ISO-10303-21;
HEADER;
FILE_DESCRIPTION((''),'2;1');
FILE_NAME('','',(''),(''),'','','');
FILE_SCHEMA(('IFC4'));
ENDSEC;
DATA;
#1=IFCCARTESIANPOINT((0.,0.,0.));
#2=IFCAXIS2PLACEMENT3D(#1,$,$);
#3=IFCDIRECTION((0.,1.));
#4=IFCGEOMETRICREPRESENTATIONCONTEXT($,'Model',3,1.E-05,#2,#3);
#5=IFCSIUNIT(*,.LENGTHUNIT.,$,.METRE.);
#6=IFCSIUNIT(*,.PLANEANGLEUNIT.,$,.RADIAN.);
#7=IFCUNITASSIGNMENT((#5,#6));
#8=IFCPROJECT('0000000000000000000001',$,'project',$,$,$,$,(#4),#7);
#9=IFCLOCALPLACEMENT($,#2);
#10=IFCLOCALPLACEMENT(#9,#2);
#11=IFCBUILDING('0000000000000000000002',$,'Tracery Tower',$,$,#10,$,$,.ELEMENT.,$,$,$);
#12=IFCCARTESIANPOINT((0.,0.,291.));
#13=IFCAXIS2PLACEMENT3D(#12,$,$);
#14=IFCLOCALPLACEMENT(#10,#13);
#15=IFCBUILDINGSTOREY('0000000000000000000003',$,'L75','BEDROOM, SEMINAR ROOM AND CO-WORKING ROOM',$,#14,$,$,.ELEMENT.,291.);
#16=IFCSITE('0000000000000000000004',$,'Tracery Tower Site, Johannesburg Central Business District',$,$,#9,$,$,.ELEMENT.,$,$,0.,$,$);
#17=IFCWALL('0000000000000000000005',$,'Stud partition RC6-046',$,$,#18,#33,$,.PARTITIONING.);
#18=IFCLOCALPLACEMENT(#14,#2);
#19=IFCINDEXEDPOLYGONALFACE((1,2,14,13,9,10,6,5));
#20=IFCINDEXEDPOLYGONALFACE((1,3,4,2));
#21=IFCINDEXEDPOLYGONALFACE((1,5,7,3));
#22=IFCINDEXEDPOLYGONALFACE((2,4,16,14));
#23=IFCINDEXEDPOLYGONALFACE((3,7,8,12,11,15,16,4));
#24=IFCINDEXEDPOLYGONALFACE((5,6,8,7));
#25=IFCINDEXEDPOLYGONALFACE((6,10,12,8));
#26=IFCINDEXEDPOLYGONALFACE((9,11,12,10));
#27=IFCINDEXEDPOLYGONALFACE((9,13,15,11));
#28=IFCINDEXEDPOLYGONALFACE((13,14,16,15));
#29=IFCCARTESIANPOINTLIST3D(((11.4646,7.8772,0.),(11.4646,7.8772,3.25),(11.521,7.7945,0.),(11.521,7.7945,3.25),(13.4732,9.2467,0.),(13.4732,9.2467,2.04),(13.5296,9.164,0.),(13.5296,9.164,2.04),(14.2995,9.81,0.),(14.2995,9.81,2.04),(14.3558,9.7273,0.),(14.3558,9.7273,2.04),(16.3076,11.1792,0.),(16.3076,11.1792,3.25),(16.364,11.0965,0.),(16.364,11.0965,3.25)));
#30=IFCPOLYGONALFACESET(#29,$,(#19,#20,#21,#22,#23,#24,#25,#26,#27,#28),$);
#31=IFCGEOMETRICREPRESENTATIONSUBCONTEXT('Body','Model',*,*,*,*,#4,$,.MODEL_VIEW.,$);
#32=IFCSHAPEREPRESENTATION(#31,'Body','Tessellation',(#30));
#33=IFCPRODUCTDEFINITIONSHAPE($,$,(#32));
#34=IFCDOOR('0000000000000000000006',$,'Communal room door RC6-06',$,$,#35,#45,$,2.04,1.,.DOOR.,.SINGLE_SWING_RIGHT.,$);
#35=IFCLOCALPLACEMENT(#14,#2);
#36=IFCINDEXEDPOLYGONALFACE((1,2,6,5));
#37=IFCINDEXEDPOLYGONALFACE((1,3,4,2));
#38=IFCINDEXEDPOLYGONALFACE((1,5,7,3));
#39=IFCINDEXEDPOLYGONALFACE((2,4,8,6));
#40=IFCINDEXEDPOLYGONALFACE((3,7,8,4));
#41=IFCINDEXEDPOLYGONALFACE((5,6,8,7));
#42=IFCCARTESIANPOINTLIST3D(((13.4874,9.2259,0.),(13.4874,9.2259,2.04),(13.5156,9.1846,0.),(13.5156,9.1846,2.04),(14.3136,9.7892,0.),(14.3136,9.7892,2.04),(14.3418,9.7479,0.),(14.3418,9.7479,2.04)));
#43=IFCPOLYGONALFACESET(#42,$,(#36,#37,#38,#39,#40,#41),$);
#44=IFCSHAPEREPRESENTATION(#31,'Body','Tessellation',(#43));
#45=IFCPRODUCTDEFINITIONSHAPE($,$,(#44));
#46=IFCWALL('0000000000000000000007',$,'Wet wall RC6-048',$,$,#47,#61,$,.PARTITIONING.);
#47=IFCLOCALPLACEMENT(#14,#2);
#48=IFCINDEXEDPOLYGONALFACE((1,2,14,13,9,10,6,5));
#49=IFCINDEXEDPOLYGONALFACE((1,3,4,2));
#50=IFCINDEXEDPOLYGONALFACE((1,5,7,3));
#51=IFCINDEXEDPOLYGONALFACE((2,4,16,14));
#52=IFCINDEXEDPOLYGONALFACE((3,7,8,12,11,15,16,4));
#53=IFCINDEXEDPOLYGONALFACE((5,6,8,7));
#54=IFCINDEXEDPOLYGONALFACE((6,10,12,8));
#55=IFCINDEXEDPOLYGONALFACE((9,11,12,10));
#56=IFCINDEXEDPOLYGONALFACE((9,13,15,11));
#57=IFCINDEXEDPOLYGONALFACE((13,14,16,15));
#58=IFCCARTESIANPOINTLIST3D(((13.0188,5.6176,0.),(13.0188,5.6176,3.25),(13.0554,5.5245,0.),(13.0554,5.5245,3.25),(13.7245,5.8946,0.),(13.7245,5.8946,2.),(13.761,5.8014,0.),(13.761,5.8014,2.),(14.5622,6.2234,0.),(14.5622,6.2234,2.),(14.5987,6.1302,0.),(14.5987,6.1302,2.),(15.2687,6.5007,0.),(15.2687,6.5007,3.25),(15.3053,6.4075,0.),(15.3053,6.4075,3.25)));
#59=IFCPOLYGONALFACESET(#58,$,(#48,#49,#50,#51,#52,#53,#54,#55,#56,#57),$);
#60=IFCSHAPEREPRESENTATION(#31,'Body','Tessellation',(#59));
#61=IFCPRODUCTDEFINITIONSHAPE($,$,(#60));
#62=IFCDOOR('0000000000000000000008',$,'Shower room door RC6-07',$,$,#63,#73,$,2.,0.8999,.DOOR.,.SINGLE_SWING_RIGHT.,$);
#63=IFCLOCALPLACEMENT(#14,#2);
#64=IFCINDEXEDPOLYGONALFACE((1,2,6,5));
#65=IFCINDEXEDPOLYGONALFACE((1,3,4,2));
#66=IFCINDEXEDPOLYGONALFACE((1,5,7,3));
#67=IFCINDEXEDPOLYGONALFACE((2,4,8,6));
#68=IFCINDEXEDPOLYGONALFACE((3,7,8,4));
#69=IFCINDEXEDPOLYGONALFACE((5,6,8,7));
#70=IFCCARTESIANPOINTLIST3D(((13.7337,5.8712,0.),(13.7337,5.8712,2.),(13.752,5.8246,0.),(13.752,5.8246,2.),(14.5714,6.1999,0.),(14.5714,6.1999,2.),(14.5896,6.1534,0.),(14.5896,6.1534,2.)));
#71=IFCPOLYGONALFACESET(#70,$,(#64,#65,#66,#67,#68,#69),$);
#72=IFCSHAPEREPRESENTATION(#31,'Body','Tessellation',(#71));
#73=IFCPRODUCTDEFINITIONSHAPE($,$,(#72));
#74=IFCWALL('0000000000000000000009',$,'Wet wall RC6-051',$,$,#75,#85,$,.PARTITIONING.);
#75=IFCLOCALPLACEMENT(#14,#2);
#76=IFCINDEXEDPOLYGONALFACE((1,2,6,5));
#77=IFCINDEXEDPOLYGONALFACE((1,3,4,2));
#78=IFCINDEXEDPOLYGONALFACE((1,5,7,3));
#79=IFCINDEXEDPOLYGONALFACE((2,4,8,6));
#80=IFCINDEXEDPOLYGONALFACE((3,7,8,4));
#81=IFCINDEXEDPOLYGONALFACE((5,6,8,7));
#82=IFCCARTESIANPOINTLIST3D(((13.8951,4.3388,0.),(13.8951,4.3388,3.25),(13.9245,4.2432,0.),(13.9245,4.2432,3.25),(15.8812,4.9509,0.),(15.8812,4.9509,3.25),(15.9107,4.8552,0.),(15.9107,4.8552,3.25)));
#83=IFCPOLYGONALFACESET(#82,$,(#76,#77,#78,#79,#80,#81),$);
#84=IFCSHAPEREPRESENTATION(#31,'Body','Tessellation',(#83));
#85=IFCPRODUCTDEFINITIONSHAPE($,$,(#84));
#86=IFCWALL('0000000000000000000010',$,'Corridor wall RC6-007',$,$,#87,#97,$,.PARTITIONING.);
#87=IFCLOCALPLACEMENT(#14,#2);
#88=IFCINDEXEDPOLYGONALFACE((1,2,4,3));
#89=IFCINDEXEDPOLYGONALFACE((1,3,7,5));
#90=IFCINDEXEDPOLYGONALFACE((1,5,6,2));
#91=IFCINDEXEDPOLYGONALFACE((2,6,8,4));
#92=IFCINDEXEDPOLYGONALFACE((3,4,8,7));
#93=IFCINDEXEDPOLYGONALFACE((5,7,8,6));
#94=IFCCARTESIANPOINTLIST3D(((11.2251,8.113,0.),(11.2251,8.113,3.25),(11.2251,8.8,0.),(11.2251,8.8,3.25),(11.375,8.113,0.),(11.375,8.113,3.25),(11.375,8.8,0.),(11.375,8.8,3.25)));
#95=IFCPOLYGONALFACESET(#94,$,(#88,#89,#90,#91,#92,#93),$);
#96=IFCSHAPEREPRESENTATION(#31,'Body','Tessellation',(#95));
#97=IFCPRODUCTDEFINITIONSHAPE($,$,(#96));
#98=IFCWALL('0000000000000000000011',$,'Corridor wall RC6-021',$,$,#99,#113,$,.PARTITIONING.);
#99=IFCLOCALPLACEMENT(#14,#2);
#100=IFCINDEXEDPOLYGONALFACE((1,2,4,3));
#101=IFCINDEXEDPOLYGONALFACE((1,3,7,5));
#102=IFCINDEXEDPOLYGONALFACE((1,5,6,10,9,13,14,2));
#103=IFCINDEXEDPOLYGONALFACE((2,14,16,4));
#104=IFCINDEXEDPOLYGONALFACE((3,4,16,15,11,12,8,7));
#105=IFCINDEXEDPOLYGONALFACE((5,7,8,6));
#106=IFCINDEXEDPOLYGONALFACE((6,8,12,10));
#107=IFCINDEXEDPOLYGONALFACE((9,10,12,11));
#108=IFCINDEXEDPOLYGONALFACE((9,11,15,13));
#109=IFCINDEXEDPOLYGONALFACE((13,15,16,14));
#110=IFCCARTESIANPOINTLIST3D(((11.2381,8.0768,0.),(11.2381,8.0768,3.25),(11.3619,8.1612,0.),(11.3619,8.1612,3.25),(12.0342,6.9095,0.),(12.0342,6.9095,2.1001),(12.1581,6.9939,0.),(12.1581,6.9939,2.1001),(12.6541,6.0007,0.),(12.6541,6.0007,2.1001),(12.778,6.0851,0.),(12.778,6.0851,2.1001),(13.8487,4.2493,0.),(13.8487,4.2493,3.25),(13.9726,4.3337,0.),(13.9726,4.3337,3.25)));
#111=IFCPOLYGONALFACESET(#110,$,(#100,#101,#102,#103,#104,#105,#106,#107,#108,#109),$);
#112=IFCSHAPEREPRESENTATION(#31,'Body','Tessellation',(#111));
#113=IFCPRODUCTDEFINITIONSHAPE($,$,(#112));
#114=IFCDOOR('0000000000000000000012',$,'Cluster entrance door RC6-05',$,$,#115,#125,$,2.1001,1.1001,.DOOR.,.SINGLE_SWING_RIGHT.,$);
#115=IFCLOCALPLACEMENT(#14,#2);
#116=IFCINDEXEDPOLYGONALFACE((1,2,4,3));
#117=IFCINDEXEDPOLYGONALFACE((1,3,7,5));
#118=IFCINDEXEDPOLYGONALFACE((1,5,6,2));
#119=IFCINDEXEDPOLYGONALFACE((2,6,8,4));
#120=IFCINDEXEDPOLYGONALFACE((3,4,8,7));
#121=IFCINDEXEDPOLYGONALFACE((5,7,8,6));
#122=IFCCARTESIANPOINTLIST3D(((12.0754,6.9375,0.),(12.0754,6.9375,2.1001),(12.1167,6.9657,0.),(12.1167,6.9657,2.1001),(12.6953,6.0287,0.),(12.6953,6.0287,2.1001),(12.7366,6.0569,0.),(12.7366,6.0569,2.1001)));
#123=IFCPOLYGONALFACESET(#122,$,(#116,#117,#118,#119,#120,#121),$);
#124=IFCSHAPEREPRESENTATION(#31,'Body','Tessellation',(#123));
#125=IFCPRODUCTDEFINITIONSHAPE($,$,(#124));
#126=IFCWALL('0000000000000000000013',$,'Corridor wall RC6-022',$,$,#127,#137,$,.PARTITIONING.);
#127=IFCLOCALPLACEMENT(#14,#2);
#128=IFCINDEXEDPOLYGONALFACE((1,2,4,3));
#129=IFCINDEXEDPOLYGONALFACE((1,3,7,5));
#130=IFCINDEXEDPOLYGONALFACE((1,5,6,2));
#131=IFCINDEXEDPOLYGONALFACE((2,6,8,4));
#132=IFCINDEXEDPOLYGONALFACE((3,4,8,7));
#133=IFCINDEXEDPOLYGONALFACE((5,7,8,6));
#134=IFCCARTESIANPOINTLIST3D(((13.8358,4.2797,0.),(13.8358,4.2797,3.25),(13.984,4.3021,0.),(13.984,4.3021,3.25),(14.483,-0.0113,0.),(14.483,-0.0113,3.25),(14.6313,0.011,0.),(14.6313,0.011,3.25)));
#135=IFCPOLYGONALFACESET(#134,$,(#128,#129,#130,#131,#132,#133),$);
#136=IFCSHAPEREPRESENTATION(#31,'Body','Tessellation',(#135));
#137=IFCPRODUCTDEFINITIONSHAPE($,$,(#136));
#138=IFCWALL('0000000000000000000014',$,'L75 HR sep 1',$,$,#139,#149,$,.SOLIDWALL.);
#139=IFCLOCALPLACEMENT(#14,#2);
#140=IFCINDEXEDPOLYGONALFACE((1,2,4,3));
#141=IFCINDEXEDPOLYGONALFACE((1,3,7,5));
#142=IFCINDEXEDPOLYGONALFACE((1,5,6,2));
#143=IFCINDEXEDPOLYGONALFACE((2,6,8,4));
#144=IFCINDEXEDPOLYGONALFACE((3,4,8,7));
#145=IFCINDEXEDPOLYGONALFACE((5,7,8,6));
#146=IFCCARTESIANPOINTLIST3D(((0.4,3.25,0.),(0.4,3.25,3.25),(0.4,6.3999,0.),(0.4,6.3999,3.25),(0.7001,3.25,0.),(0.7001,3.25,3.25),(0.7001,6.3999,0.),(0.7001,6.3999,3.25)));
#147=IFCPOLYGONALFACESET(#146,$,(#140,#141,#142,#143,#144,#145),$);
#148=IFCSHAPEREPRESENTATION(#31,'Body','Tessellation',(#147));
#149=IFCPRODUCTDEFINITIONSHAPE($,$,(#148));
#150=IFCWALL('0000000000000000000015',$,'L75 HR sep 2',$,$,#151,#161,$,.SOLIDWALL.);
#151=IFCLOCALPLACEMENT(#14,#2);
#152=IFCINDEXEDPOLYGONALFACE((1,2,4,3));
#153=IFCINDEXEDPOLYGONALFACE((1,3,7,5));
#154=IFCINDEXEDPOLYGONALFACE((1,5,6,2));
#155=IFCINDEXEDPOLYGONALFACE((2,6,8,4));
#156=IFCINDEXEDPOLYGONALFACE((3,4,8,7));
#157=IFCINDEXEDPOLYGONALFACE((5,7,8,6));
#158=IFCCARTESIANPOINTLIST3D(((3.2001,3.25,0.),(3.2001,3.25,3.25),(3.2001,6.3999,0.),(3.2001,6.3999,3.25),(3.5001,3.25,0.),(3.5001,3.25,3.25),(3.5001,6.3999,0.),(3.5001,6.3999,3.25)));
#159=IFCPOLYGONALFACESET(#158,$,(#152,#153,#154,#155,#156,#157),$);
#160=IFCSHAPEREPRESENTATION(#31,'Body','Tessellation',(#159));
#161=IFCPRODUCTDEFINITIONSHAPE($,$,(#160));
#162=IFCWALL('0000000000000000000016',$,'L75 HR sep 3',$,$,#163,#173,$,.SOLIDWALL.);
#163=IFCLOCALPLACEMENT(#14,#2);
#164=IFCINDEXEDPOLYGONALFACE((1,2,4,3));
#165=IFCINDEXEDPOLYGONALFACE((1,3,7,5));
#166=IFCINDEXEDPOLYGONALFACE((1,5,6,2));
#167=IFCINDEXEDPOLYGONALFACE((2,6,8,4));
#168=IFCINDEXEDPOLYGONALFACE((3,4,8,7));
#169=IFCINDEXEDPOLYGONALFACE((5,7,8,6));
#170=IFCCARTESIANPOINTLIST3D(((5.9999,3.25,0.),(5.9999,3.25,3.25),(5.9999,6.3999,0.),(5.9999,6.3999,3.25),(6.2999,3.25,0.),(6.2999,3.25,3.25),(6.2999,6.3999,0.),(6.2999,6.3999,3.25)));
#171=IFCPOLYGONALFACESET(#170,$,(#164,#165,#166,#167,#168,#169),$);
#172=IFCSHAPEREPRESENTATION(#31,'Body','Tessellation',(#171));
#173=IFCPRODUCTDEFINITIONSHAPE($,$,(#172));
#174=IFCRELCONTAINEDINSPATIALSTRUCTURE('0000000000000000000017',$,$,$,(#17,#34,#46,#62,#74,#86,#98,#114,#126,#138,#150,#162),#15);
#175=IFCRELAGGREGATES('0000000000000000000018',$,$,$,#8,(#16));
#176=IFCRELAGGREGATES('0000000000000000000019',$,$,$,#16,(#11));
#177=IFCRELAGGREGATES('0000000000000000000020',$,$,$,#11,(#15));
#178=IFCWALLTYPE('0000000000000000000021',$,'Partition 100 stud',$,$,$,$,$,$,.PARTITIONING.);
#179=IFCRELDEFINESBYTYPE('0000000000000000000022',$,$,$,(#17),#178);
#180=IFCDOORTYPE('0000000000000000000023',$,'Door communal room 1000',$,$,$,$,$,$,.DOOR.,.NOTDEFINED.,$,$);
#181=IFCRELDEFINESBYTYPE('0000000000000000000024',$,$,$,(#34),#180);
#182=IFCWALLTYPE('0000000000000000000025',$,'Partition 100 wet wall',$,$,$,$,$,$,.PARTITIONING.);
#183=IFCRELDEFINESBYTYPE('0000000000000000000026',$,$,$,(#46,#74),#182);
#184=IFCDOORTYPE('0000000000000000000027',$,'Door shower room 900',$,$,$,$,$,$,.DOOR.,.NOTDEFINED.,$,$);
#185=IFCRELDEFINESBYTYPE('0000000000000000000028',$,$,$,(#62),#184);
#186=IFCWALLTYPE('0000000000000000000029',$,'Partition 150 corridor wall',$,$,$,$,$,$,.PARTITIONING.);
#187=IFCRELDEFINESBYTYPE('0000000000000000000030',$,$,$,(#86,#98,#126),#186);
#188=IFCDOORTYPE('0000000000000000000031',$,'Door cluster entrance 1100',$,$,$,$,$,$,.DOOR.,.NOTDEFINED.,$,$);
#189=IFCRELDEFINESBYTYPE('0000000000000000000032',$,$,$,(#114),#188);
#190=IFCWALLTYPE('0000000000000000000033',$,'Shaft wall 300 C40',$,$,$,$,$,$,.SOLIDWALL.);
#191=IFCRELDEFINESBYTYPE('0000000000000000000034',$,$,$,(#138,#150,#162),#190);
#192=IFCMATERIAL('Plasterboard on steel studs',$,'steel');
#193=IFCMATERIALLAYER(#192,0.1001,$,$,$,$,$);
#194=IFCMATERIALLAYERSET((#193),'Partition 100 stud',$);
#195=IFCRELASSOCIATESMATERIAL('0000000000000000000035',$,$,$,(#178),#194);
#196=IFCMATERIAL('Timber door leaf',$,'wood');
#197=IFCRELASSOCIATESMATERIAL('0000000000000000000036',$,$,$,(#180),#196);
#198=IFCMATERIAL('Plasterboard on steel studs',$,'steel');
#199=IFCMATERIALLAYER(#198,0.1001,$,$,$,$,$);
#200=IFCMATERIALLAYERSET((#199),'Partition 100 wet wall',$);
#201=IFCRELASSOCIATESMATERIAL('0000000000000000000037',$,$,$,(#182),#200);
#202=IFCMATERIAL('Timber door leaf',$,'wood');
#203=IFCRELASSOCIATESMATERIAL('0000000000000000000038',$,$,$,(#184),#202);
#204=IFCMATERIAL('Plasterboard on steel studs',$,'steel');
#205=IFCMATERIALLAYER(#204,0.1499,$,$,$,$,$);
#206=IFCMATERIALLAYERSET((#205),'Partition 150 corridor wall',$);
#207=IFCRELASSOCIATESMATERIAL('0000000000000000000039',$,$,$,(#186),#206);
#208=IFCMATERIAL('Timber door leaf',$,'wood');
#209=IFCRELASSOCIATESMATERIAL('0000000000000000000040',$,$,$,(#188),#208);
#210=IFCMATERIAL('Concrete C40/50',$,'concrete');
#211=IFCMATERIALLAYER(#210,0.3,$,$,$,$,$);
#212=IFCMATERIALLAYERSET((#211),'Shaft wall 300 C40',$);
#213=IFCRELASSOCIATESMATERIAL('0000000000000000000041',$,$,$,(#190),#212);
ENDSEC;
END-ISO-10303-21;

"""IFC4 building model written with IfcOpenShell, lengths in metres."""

from ifc_helpers import new_model, si_unit, direction, frame, frame_2d, origin, place, context, subcontext, project, spatial, rectangle, extrude, material, layer, layer_set, type_object, element, fill, save


model = new_model("IFC4")

# Units and contexts
model_context = context("Model", 3, precision=1e-05, world=origin(), true_north=direction((0.0, 1.0)))
body_context = subcontext(model_context, "Body", "Model", "MODEL_VIEW")
ifc_project = project(units=[si_unit("LENGTHUNIT", "METRE"), si_unit("PLANEANGLEUNIT", "RADIAN")], contexts=[model_context])

# Site, building, storey
site_placement = place(None, origin())
site = spatial("IfcSite", under=ifc_project, at=site_placement, Name="Tracery Tower Site, Johannesburg Central Business District", CompositionType="ELEMENT", RefElevation=0.0)
building_placement = place(site_placement, origin())
building = spatial("IfcBuilding", under=site, at=building_placement, Name="Tracery Tower", CompositionType="ELEMENT")
storey_placement = place(building_placement, frame((0.0, 0.0, 291.0)))
storey = spatial("IfcBuildingStorey", under=building, at=storey_placement, Name="L75", Description="BEDROOM, SEMINAR ROOM AND CO-WORKING ROOM", CompositionType="ELEMENT", Elevation=291.0)

# Walls, openings, doors
ifc_material_1 = material(Name="Plasterboard on steel studs", Category="steel")
ifc_layer_1 = layer(ifc_material_1, 0.1001)
ifc_layer_set_1 = layer_set([ifc_layer_1], Name="Partition 100 stud")
wall_type_1 = type_object("IfcWallType", Name="Partition 100 stud", PredefinedType="PARTITIONING", material=ifc_layer_set_1)
wall_1_placement = place(storey_placement, frame((11.4929, 7.8359, 0.0), z_axis=(0.0, 0.0, 1.0), x_axis=(0.826232, 0.56333, 0.0)))
wall_1 = element("IfcWall", 1, at=wall_1_placement, inside=storey, type_object=wall_type_1, Name="Stud partition RC6-046", PredefinedType="PARTITIONING", context=body_context, shape_type="SweptSolid", body=[
    extrude(rectangle(XDim=5.8616, YDim=0.1001, at=frame_2d((2.9307, 0.0))), origin(), (0.0, 0.0, 1.0), 3.25),
])
opening_1_placement = place(wall_1_placement, frame((2.4309, 0.0, 0.0)))
opening_1 = element("IfcOpeningElement", 2, at=opening_1_placement, cuts=wall_1, PredefinedType="OPENING", context=body_context, shape_type="SweptSolid", body=[
    extrude(rectangle(XDim=1.0, YDim=2.04, at=frame_2d((0.5, 1.02))), frame((0.0, 0.05, 0.0), z_axis=(0.0, -1.0, 0.0), x_axis=(1.0, 0.0, 0.0)), (0.0, 0.0, 1.0), 0.1001),
])
ifc_material_2 = material(Name="Timber door leaf", Category="wood")
door_type_1 = type_object("IfcDoorType", Name="Door communal room 1000", OperationType="NOTDEFINED", PredefinedType="DOOR", material=ifc_material_2)
door_1_placement = place(opening_1_placement, origin())
door_1 = element("IfcDoor", 3, at=door_1_placement, inside=storey, type_object=door_type_1, Name="Communal room door RC6-06", OperationType="SINGLE_SWING_RIGHT", OverallHeight=2.04, OverallWidth=1.0, PredefinedType="DOOR", context=body_context, shape_type="SweptSolid", body=[
    extrude(rectangle(XDim=1.0, YDim=2.04, at=frame_2d((0.5, 1.02))), frame((0.0, 0.0249, 0.0), z_axis=(0.0, -1.0, 0.0), x_axis=(1.0, 0.0, 0.0)), (0.0, 0.0, 1.0), 0.05),
])
fill(opening_1, door_1)
ifc_material_3 = material(Name="Plasterboard on steel studs", Category="steel")
ifc_layer_2 = layer(ifc_material_3, 0.1001)
ifc_layer_set_2 = layer_set([ifc_layer_2], Name="Partition 100 wet wall")
wall_type_2 = type_object("IfcWallType", Name="Partition 100 wet wall", PredefinedType="PARTITIONING", material=ifc_layer_set_2)
wall_2_placement = place(storey_placement, frame((13.0371, 5.571, 0.0), z_axis=(0.0, 0.0, 1.0), x_axis=(0.930874, 0.36534, 0.0)))
wall_2 = element("IfcWall", 4, at=wall_2_placement, inside=storey, type_object=wall_type_2, Name="Wet wall RC6-048", PredefinedType="PARTITIONING", context=body_context, shape_type="SweptSolid", body=[
    extrude(rectangle(XDim=2.417, YDim=0.1001, at=frame_2d((1.2085, 0.0))), origin(), (0.0, 0.0, 1.0), 3.25),
])
opening_2_placement = place(wall_2_placement, frame((0.7581, 0.0, 0.0)))
opening_2 = element("IfcOpeningElement", 5, at=opening_2_placement, cuts=wall_2, PredefinedType="OPENING", context=body_context, shape_type="SweptSolid", body=[
    extrude(rectangle(XDim=0.8999, YDim=2.0, at=frame_2d((0.45, 1.0))), frame((0.0, 0.05, 0.0), z_axis=(0.0, -1.0, 0.0), x_axis=(1.0, 0.0, 0.0)), (0.0, 0.0, 1.0), 0.1001),
])
ifc_material_4 = material(Name="Timber door leaf", Category="wood")
door_type_2 = type_object("IfcDoorType", Name="Door shower room 900", OperationType="NOTDEFINED", PredefinedType="DOOR", material=ifc_material_4)
door_2_placement = place(opening_2_placement, origin())
door_2 = element("IfcDoor", 6, at=door_2_placement, inside=storey, type_object=door_type_2, Name="Shower room door RC6-07", OperationType="SINGLE_SWING_RIGHT", OverallHeight=2.0, OverallWidth=0.8999, PredefinedType="DOOR", context=body_context, shape_type="SweptSolid", body=[
    extrude(rectangle(XDim=0.8999, YDim=2.0, at=frame_2d((0.45, 1.0))), frame((0.0, 0.0249, 0.0), z_axis=(0.0, -1.0, 0.0), x_axis=(1.0, 0.0, 0.0)), (0.0, 0.0, 1.0), 0.05),
])
fill(opening_2, door_2)

# Walls
wall_3_placement = place(storey_placement, frame((13.9099, 4.291, 0.0), z_axis=(0.0, 0.0, 1.0), x_axis=(0.955649, 0.294507, 0.0)))
element("IfcWall", 7, at=wall_3_placement, inside=storey, type_object=wall_type_2, Name="Wet wall RC6-051", PredefinedType="PARTITIONING", context=body_context, shape_type="SweptSolid", body=[
    extrude(rectangle(XDim=2.0784, YDim=0.1001, at=frame_2d((1.0391, 0.0))), origin(), (0.0, 0.0, 1.0), 3.25),
])
ifc_material_5 = material(Name="Plasterboard on steel studs", Category="steel")
ifc_layer_3 = layer(ifc_material_5, 0.1499)
ifc_layer_set_3 = layer_set([ifc_layer_3], Name="Partition 150 corridor wall")
wall_type_3 = type_object("IfcWallType", Name="Partition 150 corridor wall", PredefinedType="PARTITIONING", material=ifc_layer_set_3)
wall_4_placement = place(storey_placement, frame((11.3, 8.113, 0.0), z_axis=(0.0, 0.0, 1.0), x_axis=(0.0, 1.0, 0.0)))
element("IfcWall", 8, at=wall_4_placement, inside=storey, type_object=wall_type_3, Name="Corridor wall RC6-007", PredefinedType="PARTITIONING", context=body_context, shape_type="SweptSolid", body=[
    extrude(rectangle(XDim=0.687, YDim=0.1499, at=frame_2d((0.3435, 0.0))), origin(), (0.0, 0.0, 1.0), 3.25),
])

# Wall, opening, door
wall_5_placement = place(storey_placement, frame((11.3, 8.1189, 0.0), z_axis=(0.0, 0.0, 1.0), x_axis=(0.563486, -0.826126, 0.0)))
wall_5 = element("IfcWall", 9, at=wall_5_placement, inside=storey, type_object=wall_type_3, Name="Corridor wall RC6-021", PredefinedType="PARTITIONING", context=body_context, shape_type="SweptSolid", body=[
    extrude(rectangle(XDim=4.6331, YDim=0.1499, at=frame_2d((2.3164, 0.0))), origin(), (0.0, 0.0, 1.0), 3.25),
])
opening_3_placement = place(wall_5_placement, frame((1.4128, 0.0, 0.0)))
opening_3 = element("IfcOpeningElement", 10, at=opening_3_placement, cuts=wall_5, PredefinedType="OPENING", context=body_context, shape_type="SweptSolid", body=[
    extrude(rectangle(XDim=1.1001, YDim=2.1001, at=frame_2d((0.55, 1.05))), frame((0.0, 0.075, 0.0), z_axis=(0.0, -1.0, 0.0), x_axis=(1.0, 0.0, 0.0)), (0.0, 0.0, 1.0), 0.1499),
])
ifc_material_6 = material(Name="Timber door leaf", Category="wood")
door_type_3 = type_object("IfcDoorType", Name="Door cluster entrance 1100", OperationType="NOTDEFINED", PredefinedType="DOOR", material=ifc_material_6)
door_3_placement = place(opening_3_placement, origin())
door_3 = element("IfcDoor", 11, at=door_3_placement, inside=storey, type_object=door_type_3, Name="Cluster entrance door RC6-05", OperationType="SINGLE_SWING_RIGHT", OverallHeight=2.1001, OverallWidth=1.1001, PredefinedType="DOOR", context=body_context, shape_type="SweptSolid", body=[
    extrude(rectangle(XDim=1.1001, YDim=2.1001, at=frame_2d((0.55, 1.05))), frame((0.0, 0.0249, 0.0), z_axis=(0.0, -1.0, 0.0), x_axis=(1.0, 0.0, 0.0)), (0.0, 0.0, 1.0), 0.05),
])
fill(opening_3, door_3)

# Walls
wall_6_placement = place(storey_placement, frame((13.9099, 4.291, 0.0), z_axis=(0.0, 0.0, 1.0), x_axis=(0.149144, -0.988816, 0.0)))
element("IfcWall", 12, at=wall_6_placement, inside=storey, type_object=wall_type_3, Name="Corridor wall RC6-022", PredefinedType="PARTITIONING", context=body_context, shape_type="SweptSolid", body=[
    extrude(rectangle(XDim=4.3396, YDim=0.1499, at=frame_2d((2.1699, 0.0))), origin(), (0.0, 0.0, 1.0), 3.25),
])
ifc_material_7 = material(Name="Concrete C40/50", Category="concrete")
ifc_layer_4 = layer(ifc_material_7, 0.3)
ifc_layer_set_4 = layer_set([ifc_layer_4], Name="Shaft wall 300 C40")
wall_type_4 = type_object("IfcWallType", Name="Shaft wall 300 C40", PredefinedType="SOLIDWALL", material=ifc_layer_set_4)
for number, where, z_axis, x_axis, name in (
    (13, (0.55, 3.25, 0.0), (0.0, 0.0, 1.0), (0.0, 1.0, 0.0), "L75 HR sep 1"),
    (14, (3.3501, 3.25, 0.0), (0.0, 0.0, 1.0), (0.0, 1.0, 0.0), "L75 HR sep 2"),
    (15, (6.1499, 3.25, 0.0), (0.0, 0.0, 1.0), (0.0, 1.0, 0.0), "L75 HR sep 3"),
):
    element("IfcWall", number, at=place(storey_placement, frame(where, z_axis=z_axis, x_axis=x_axis)), inside=storey, type_object=wall_type_4, Name=name, PredefinedType="SOLIDWALL", context=body_context, shape_type="SweptSolid", body=[
        extrude(rectangle(XDim=3.1499, YDim=0.3, at=frame_2d((1.575, 0.0))), origin(), (0.0, 0.0, 1.0), 3.25),
    ])

save(model, "model.ifc")
